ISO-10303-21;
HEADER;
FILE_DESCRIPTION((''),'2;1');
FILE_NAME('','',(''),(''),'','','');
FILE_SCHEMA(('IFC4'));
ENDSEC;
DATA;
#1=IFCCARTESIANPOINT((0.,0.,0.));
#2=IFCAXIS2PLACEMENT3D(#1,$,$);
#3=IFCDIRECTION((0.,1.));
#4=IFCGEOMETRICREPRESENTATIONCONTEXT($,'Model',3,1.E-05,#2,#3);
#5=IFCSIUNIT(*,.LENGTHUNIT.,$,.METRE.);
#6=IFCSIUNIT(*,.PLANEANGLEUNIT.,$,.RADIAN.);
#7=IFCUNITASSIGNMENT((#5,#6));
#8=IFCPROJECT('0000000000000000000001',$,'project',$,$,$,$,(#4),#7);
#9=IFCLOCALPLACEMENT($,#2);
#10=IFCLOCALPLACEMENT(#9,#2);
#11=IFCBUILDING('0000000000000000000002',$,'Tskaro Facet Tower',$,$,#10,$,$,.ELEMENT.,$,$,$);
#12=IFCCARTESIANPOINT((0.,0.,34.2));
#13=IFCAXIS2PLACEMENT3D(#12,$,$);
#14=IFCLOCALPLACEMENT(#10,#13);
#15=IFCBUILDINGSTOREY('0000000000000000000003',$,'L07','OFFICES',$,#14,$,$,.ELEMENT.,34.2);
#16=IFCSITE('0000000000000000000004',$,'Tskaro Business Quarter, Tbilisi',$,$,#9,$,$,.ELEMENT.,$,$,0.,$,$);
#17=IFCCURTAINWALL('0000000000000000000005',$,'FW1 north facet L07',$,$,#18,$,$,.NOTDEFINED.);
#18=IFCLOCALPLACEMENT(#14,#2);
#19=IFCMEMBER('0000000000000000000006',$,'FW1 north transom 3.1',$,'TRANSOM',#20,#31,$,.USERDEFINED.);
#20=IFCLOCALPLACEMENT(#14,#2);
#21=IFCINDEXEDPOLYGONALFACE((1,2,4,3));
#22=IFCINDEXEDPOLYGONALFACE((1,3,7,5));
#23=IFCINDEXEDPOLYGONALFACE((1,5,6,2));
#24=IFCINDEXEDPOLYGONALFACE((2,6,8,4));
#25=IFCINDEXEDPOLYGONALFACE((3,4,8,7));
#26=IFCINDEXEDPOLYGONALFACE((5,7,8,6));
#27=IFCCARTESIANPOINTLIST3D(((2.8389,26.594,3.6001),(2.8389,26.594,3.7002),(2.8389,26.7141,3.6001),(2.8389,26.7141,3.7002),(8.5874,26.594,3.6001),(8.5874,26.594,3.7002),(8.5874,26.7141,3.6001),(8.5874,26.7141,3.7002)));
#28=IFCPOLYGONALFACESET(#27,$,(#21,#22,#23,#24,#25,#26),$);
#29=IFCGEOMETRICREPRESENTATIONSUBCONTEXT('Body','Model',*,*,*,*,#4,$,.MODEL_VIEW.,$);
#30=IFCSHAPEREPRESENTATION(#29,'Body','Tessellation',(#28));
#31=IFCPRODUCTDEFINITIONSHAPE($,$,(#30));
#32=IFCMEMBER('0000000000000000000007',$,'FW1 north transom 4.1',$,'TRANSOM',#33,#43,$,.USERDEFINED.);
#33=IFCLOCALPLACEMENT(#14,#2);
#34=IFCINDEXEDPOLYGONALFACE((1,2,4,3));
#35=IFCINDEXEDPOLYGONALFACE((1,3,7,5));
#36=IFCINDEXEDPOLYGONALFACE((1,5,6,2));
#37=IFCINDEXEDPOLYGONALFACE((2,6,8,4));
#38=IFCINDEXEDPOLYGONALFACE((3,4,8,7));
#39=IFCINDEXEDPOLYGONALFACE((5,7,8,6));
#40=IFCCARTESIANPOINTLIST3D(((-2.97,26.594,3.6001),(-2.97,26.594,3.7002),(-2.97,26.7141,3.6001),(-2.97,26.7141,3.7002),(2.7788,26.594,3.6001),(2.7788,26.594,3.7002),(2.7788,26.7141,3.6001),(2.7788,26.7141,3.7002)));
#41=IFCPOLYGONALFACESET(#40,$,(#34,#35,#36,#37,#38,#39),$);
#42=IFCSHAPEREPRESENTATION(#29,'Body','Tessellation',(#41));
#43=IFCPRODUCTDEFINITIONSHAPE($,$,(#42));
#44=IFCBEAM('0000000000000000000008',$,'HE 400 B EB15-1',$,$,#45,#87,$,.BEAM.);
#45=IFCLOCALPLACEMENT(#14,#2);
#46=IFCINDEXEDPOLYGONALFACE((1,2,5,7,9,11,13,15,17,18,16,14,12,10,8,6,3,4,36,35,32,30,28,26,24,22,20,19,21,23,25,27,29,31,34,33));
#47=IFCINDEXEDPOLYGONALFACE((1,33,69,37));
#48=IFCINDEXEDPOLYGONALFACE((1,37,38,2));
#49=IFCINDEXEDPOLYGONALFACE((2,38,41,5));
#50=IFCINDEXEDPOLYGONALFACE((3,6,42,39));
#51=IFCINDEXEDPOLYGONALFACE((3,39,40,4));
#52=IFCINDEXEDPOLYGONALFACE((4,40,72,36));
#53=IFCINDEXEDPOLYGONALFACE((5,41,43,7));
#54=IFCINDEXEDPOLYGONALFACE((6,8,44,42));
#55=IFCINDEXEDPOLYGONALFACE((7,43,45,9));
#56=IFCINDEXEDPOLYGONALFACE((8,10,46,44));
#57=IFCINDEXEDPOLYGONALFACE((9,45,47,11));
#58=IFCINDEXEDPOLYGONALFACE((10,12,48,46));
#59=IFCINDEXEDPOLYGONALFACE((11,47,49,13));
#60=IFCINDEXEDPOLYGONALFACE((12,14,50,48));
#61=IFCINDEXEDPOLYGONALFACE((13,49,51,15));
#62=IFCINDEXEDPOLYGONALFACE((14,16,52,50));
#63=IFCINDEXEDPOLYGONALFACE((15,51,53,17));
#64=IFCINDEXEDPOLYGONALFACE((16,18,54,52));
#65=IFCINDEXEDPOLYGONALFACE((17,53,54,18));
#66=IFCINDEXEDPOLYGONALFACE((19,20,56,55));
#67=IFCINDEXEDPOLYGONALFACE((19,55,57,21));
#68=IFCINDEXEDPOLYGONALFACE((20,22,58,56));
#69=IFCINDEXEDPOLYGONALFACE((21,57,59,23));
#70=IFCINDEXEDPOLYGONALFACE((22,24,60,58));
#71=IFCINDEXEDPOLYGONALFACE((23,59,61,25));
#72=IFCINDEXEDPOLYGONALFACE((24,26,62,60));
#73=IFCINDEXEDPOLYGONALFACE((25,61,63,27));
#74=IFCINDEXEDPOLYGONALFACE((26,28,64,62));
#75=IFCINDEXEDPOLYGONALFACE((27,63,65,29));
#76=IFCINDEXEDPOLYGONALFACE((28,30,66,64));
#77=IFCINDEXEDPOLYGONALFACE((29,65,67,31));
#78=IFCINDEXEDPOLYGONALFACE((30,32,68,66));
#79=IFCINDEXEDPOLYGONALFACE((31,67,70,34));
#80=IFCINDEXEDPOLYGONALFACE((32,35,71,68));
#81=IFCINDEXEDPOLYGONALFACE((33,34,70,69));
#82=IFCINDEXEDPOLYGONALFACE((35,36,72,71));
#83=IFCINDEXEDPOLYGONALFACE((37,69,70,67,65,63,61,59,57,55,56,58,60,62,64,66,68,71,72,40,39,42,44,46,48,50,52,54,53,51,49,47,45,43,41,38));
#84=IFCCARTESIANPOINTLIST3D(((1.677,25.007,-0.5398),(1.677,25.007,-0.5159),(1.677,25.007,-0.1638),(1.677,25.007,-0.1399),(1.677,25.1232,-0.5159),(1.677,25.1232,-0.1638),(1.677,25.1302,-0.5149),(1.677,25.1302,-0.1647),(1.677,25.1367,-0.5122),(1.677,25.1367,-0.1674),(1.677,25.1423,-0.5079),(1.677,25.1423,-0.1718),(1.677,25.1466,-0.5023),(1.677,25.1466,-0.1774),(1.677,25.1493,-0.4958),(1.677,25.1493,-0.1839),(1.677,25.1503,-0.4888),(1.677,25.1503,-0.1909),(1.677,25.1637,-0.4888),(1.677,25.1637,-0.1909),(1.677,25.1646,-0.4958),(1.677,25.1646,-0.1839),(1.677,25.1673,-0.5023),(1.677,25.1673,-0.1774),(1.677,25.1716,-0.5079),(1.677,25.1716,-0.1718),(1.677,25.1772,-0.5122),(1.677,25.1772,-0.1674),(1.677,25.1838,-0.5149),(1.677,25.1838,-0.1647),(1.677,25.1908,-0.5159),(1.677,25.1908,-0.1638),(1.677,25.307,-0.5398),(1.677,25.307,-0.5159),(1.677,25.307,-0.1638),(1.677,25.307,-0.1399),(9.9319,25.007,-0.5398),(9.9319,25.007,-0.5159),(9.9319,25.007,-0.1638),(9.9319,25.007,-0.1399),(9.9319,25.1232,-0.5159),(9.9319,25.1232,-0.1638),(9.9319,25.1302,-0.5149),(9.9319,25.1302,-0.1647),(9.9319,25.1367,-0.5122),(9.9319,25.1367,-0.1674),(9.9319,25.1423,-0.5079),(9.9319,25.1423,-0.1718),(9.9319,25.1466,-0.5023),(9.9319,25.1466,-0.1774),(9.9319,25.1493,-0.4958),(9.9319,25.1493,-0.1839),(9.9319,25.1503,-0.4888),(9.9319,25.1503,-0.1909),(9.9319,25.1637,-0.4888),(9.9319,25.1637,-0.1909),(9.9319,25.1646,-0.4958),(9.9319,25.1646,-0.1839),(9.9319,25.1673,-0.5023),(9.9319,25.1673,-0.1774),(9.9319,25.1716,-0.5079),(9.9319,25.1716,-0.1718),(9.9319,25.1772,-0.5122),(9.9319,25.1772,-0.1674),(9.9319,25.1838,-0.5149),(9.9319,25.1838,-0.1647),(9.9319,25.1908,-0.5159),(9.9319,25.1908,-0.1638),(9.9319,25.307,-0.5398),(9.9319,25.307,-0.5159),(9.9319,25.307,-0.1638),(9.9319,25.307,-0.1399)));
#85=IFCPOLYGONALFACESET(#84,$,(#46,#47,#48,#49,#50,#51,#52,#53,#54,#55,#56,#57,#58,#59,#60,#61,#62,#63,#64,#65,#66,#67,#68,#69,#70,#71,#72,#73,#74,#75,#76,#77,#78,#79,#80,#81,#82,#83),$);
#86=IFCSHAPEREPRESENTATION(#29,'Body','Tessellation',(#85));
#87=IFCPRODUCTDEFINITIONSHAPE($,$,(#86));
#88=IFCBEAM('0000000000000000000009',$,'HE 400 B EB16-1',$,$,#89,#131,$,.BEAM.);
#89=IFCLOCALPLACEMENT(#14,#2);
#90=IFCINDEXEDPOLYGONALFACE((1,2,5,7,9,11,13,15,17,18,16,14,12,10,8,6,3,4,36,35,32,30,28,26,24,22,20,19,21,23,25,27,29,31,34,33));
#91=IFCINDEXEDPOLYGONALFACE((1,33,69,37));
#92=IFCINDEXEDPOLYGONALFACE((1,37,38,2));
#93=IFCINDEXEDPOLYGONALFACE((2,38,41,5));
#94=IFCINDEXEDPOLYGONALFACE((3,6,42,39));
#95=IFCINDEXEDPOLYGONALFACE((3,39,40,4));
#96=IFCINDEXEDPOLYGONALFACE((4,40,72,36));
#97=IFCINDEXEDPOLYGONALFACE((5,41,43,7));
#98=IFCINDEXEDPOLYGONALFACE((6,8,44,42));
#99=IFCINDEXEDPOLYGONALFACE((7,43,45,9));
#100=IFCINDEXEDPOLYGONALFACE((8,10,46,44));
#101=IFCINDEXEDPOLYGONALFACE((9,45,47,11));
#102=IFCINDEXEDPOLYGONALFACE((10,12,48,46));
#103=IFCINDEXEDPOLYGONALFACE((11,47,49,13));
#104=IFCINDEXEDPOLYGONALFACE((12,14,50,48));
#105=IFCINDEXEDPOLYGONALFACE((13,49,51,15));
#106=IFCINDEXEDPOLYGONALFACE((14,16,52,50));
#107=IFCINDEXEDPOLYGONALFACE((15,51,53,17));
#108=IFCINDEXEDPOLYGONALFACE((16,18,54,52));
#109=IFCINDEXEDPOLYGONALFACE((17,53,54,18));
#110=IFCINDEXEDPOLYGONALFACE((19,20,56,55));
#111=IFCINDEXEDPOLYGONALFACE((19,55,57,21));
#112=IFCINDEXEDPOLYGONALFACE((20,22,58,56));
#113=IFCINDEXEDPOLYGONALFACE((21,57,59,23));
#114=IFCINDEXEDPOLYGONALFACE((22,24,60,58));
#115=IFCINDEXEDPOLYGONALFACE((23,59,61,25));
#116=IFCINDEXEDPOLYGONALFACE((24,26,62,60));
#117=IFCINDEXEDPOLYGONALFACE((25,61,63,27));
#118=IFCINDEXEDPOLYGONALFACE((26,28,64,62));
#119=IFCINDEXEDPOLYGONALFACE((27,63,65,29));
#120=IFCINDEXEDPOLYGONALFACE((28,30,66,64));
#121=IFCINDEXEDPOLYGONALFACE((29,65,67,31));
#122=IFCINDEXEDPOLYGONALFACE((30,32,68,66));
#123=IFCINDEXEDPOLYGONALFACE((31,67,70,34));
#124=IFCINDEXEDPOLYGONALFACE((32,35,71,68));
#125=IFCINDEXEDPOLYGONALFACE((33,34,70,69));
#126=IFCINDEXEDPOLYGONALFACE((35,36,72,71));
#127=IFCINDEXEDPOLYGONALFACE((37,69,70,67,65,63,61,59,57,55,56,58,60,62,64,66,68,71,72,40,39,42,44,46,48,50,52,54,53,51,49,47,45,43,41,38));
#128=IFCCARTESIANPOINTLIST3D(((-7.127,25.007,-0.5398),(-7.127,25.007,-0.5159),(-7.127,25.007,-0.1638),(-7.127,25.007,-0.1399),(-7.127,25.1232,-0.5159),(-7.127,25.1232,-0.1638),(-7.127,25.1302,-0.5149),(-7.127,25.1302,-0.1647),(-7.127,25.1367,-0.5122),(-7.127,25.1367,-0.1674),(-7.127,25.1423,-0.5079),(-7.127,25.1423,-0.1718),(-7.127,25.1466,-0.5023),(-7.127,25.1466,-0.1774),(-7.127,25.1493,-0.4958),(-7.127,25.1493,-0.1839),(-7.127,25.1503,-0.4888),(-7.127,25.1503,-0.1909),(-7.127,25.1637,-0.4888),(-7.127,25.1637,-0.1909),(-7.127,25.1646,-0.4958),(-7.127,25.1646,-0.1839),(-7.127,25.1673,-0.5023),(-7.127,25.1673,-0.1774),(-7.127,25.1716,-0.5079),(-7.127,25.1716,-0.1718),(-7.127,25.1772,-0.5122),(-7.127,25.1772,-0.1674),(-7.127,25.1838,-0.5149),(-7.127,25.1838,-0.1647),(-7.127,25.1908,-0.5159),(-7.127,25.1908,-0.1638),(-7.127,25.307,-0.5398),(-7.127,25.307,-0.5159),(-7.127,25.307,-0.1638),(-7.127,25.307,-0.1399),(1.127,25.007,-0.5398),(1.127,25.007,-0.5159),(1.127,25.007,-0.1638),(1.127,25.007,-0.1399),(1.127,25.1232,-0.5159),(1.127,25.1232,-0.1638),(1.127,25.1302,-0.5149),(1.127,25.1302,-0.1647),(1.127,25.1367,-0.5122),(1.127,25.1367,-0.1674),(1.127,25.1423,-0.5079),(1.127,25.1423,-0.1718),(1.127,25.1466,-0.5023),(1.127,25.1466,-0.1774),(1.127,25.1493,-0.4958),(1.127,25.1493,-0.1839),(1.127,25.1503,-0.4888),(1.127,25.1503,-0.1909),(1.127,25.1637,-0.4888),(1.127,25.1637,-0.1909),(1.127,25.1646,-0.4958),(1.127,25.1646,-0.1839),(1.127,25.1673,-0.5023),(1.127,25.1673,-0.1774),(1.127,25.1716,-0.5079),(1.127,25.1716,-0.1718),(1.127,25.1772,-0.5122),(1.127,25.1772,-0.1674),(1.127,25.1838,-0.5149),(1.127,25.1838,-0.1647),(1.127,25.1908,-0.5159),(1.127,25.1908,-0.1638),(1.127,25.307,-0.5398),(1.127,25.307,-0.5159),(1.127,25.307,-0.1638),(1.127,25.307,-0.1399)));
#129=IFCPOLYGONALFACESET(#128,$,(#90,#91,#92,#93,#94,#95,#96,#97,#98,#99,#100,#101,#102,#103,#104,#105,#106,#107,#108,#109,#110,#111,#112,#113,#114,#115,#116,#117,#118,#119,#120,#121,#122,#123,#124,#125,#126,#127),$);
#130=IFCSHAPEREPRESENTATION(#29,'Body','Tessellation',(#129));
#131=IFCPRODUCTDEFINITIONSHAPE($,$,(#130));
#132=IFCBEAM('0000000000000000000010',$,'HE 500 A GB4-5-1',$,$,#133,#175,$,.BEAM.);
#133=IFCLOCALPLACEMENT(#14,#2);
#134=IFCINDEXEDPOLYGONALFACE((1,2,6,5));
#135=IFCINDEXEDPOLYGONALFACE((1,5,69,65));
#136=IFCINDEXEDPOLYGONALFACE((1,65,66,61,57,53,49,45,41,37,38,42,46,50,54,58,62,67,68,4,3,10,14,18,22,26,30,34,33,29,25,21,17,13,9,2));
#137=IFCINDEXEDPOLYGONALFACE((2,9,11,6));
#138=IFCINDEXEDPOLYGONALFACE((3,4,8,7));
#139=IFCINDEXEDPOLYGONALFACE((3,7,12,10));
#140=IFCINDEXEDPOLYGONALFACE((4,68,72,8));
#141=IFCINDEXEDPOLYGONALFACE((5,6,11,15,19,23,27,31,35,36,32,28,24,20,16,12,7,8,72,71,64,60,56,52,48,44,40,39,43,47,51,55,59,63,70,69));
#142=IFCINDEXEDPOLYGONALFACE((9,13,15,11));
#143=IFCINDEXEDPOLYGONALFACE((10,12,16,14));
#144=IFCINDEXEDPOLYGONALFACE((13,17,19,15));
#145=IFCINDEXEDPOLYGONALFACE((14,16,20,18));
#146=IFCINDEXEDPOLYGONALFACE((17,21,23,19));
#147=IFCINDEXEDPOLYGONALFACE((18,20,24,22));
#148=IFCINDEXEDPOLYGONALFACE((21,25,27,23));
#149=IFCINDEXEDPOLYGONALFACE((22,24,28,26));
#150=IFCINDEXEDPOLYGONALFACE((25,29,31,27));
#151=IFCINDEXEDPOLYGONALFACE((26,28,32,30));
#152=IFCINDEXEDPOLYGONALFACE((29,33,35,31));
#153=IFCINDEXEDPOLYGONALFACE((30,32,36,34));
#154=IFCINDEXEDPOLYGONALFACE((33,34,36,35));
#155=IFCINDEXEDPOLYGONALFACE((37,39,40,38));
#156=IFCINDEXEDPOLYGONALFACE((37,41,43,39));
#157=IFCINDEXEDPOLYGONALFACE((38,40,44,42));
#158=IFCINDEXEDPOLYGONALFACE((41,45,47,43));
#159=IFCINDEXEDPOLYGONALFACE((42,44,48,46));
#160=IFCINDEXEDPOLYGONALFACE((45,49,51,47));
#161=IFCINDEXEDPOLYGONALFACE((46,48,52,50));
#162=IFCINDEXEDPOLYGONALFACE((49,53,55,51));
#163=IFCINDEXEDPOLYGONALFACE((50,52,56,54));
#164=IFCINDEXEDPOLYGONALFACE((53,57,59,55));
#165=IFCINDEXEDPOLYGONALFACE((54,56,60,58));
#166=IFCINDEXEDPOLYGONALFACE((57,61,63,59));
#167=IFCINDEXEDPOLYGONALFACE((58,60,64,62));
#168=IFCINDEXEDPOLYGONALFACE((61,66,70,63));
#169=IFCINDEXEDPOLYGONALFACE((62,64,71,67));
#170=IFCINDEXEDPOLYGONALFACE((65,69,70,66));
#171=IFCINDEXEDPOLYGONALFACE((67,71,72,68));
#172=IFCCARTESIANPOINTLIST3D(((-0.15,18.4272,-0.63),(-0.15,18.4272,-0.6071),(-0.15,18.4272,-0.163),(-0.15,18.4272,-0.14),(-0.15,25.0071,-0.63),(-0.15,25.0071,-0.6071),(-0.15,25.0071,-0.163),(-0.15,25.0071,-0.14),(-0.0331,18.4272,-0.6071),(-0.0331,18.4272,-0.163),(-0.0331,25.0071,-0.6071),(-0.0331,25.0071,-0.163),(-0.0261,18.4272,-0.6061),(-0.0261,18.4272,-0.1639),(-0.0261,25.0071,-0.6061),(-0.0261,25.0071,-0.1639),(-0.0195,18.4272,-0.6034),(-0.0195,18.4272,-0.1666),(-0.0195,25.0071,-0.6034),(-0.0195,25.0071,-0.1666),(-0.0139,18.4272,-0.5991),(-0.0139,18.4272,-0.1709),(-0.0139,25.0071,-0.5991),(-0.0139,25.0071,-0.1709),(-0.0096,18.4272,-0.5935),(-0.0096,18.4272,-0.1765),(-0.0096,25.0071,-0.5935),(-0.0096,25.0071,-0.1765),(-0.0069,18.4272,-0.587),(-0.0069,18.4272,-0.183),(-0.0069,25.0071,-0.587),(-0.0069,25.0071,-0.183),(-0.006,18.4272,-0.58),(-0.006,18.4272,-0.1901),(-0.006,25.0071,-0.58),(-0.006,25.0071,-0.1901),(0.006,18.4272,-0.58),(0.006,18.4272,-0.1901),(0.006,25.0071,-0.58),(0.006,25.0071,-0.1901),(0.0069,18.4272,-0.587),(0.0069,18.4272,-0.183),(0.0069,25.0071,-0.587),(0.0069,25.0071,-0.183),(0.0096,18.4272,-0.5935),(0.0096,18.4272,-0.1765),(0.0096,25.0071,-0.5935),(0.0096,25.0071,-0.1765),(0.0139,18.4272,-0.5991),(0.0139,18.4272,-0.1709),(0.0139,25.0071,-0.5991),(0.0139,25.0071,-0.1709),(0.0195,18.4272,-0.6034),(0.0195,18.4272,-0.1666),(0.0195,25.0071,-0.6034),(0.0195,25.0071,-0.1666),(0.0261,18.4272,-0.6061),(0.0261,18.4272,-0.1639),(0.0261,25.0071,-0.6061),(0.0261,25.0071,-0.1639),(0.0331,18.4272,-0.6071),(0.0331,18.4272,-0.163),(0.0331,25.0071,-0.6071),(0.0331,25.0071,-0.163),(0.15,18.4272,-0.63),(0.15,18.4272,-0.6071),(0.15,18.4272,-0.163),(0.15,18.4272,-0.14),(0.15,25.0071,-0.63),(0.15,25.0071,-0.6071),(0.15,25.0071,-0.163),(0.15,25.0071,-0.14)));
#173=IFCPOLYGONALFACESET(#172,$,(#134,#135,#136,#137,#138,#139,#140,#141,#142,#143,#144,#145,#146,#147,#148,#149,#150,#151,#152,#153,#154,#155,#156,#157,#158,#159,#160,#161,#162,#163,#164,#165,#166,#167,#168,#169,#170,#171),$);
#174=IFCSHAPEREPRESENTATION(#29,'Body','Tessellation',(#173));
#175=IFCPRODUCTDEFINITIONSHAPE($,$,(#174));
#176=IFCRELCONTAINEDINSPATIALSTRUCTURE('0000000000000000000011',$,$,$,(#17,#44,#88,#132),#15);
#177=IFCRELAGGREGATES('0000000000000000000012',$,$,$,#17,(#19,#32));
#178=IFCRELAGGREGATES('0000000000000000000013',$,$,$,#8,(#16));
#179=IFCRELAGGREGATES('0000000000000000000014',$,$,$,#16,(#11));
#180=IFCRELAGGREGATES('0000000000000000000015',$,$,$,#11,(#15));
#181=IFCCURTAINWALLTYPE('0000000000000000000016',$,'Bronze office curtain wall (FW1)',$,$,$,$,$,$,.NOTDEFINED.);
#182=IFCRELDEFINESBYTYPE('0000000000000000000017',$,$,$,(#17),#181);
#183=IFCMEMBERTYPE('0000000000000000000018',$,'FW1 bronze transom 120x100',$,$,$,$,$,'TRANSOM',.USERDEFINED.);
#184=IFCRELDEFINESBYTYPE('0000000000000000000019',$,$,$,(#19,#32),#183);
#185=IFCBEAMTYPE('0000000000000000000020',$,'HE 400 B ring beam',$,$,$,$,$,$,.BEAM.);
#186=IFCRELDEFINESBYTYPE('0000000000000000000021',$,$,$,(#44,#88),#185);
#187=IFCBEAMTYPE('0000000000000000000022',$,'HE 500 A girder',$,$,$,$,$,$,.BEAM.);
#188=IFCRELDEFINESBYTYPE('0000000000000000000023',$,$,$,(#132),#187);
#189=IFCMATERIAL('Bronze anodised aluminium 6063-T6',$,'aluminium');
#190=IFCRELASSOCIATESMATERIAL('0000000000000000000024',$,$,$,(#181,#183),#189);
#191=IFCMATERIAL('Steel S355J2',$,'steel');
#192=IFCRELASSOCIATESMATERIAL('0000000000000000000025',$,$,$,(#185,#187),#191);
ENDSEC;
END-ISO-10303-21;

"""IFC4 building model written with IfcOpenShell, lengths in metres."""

from ifc_helpers import new_model, si_unit, direction, frame, origin, origin_2d, place, context, subcontext, project, spatial, rectangle, i_section, extrude, material, material_profile, profile_set, type_object, element, aggregate, save


model = new_model("IFC4")

# Units and contexts
model_context = context("Model", 3, precision=1e-05, world=origin(), true_north=direction((0.0, 1.0)))
body_context = subcontext(model_context, "Body", "Model", "MODEL_VIEW")
ifc_project = project(units=[si_unit("LENGTHUNIT", "METRE"), si_unit("PLANEANGLEUNIT", "RADIAN")], contexts=[model_context])

# Site, building, storey
site_placement = place(None, origin())
site = spatial("IfcSite", under=ifc_project, at=site_placement, Name="Tskaro Business Quarter, Tbilisi", CompositionType="ELEMENT", RefElevation=0.0)
building_placement = place(site_placement, origin())
building = spatial("IfcBuilding", under=site, at=building_placement, Name="Tskaro Facet Tower", CompositionType="ELEMENT")
storey_placement = place(building_placement, frame((0.0, 0.0, 34.2)))
storey = spatial("IfcBuildingStorey", under=building, at=storey_placement, Name="L07", Description="OFFICES", CompositionType="ELEMENT", Elevation=34.2)

# Curtain wall, members
ifc_material_1 = material(Name="Bronze anodised aluminium 6063-T6", Category="aluminium")
curtain_wall_type = type_object("IfcCurtainWallType", Name="Bronze office curtain wall (FW1)", PredefinedType="NOTDEFINED", material=ifc_material_1)
curtain_wall_placement = place(storey_placement, origin())
curtain_wall = element("IfcCurtainWall", 1, at=curtain_wall_placement, inside=storey, type_object=curtain_wall_type, Name="FW1 north facet L07", PredefinedType="NOTDEFINED")
ifc_material_profile_1 = material_profile(ifc_material_1, rectangle(XDim=0.1201, YDim=0.1001, at=origin_2d()), Name="Transom 120x100")
ifc_profile_set_1 = profile_set([ifc_material_profile_1], Name="Bronze anodised aluminium 6063-T6")
member_type_1 = type_object("IfcMemberType", Name="FW1 bronze transom 120x100", ElementType="TRANSOM", PredefinedType="USERDEFINED", material=ifc_profile_set_1)
member_1_placement = place(storey_placement, frame((8.5874, 26.6541, 3.6501), z_axis=(-1.0, 0.0, 0.0), x_axis=(0.0, -1.0, 0.0)))
member_1 = element("IfcMember", 2, at=member_1_placement, type_object=member_type_1, Name="FW1 north transom 3.1", ObjectType="TRANSOM", PredefinedType="USERDEFINED", context=body_context, shape_type="SweptSolid", body=[
    extrude(rectangle(XDim=0.1201, YDim=0.1001, at=origin_2d()), origin(), (0.0, 0.0, 1.0), 5.7485),
])
member_2_placement = place(storey_placement, frame((2.7788, 26.6541, 3.6501), z_axis=(-1.0, 0.0, 0.0), x_axis=(0.0, -1.0, 0.0)))
member_2 = element("IfcMember", 3, at=member_2_placement, type_object=member_type_1, Name="FW1 north transom 4.1", ObjectType="TRANSOM", PredefinedType="USERDEFINED", context=body_context, shape_type="SweptSolid", body=[
    extrude(rectangle(XDim=0.1201, YDim=0.1001, at=origin_2d()), origin(), (0.0, 0.0, 1.0), 5.7488),
])

# Beams
ifc_material_2 = material(Name="Steel S355J2", Category="steel")
ifc_material_profile_2 = material_profile(ifc_material_2, i_section(OverallWidth=0.3, OverallDepth=0.3999, WebThickness=0.0134, FlangeThickness=0.0239, FilletRadius=0.0271, at=origin_2d()), Name="HE 400 B")
ifc_profile_set_2 = profile_set([ifc_material_profile_2], Name="Steel S355J2")
beam_type_1 = type_object("IfcBeamType", Name="HE 400 B ring beam", PredefinedType="BEAM", material=ifc_profile_set_2)
beam_1_placement = place(storey_placement, frame((9.9319, 25.157, -0.3398), z_axis=(-1.0, 0.0, 0.0), x_axis=(0.0, -1.0, 0.0)))
element("IfcBeam", 4, at=beam_1_placement, inside=storey, type_object=beam_type_1, Name="HE 400 B EB15-1", PredefinedType="BEAM", context=body_context, shape_type="SweptSolid", body=[
    extrude(i_section(OverallWidth=0.3, OverallDepth=0.3999, WebThickness=0.0134, FlangeThickness=0.0239, FilletRadius=0.0271, at=origin_2d()), origin(), (0.0, 0.0, 1.0), 8.2549),
])
beam_2_placement = place(storey_placement, frame((1.127, 25.157, -0.3398), z_axis=(-1.0, 0.0, 0.0), x_axis=(0.0, -1.0, 0.0)))
element("IfcBeam", 5, at=beam_2_placement, inside=storey, type_object=beam_type_1, Name="HE 400 B EB16-1", PredefinedType="BEAM", context=body_context, shape_type="SweptSolid", body=[
    extrude(i_section(OverallWidth=0.3, OverallDepth=0.3999, WebThickness=0.0134, FlangeThickness=0.0239, FilletRadius=0.0271, at=origin_2d()), origin(), (0.0, 0.0, 1.0), 8.2539),
])
ifc_material_profile_3 = material_profile(ifc_material_2, i_section(OverallWidth=0.3, OverallDepth=0.49, WebThickness=0.012, FlangeThickness=0.0229, FilletRadius=0.0271, at=origin_2d()), Name="HE 500 A")
ifc_profile_set_3 = profile_set([ifc_material_profile_3], Name="Steel S355J2")
beam_type_2 = type_object("IfcBeamType", Name="HE 500 A girder", PredefinedType="BEAM", material=ifc_profile_set_3)
for number, where, z_axis, x_axis, name in (
    (6, (0.0, 18.4272, -0.385), (0.0, 1.0, 0.0), (-1.0, 0.0, 0.0), "HE 500 A GB4-5-1"),
):
    element("IfcBeam", number, at=place(storey_placement, frame(where, z_axis=z_axis, x_axis=x_axis)), inside=storey, type_object=beam_type_2, Name=name, PredefinedType="BEAM", context=body_context, shape_type="SweptSolid", body=[
        extrude(i_section(OverallWidth=0.3, OverallDepth=0.49, WebThickness=0.012, FlangeThickness=0.0229, FilletRadius=0.0271, at=origin_2d()), origin(), (0.0, 0.0, 1.0), 6.5798),
    ])

aggregate(curtain_wall, [member_1, member_2])

save(model, "model.ifc")
